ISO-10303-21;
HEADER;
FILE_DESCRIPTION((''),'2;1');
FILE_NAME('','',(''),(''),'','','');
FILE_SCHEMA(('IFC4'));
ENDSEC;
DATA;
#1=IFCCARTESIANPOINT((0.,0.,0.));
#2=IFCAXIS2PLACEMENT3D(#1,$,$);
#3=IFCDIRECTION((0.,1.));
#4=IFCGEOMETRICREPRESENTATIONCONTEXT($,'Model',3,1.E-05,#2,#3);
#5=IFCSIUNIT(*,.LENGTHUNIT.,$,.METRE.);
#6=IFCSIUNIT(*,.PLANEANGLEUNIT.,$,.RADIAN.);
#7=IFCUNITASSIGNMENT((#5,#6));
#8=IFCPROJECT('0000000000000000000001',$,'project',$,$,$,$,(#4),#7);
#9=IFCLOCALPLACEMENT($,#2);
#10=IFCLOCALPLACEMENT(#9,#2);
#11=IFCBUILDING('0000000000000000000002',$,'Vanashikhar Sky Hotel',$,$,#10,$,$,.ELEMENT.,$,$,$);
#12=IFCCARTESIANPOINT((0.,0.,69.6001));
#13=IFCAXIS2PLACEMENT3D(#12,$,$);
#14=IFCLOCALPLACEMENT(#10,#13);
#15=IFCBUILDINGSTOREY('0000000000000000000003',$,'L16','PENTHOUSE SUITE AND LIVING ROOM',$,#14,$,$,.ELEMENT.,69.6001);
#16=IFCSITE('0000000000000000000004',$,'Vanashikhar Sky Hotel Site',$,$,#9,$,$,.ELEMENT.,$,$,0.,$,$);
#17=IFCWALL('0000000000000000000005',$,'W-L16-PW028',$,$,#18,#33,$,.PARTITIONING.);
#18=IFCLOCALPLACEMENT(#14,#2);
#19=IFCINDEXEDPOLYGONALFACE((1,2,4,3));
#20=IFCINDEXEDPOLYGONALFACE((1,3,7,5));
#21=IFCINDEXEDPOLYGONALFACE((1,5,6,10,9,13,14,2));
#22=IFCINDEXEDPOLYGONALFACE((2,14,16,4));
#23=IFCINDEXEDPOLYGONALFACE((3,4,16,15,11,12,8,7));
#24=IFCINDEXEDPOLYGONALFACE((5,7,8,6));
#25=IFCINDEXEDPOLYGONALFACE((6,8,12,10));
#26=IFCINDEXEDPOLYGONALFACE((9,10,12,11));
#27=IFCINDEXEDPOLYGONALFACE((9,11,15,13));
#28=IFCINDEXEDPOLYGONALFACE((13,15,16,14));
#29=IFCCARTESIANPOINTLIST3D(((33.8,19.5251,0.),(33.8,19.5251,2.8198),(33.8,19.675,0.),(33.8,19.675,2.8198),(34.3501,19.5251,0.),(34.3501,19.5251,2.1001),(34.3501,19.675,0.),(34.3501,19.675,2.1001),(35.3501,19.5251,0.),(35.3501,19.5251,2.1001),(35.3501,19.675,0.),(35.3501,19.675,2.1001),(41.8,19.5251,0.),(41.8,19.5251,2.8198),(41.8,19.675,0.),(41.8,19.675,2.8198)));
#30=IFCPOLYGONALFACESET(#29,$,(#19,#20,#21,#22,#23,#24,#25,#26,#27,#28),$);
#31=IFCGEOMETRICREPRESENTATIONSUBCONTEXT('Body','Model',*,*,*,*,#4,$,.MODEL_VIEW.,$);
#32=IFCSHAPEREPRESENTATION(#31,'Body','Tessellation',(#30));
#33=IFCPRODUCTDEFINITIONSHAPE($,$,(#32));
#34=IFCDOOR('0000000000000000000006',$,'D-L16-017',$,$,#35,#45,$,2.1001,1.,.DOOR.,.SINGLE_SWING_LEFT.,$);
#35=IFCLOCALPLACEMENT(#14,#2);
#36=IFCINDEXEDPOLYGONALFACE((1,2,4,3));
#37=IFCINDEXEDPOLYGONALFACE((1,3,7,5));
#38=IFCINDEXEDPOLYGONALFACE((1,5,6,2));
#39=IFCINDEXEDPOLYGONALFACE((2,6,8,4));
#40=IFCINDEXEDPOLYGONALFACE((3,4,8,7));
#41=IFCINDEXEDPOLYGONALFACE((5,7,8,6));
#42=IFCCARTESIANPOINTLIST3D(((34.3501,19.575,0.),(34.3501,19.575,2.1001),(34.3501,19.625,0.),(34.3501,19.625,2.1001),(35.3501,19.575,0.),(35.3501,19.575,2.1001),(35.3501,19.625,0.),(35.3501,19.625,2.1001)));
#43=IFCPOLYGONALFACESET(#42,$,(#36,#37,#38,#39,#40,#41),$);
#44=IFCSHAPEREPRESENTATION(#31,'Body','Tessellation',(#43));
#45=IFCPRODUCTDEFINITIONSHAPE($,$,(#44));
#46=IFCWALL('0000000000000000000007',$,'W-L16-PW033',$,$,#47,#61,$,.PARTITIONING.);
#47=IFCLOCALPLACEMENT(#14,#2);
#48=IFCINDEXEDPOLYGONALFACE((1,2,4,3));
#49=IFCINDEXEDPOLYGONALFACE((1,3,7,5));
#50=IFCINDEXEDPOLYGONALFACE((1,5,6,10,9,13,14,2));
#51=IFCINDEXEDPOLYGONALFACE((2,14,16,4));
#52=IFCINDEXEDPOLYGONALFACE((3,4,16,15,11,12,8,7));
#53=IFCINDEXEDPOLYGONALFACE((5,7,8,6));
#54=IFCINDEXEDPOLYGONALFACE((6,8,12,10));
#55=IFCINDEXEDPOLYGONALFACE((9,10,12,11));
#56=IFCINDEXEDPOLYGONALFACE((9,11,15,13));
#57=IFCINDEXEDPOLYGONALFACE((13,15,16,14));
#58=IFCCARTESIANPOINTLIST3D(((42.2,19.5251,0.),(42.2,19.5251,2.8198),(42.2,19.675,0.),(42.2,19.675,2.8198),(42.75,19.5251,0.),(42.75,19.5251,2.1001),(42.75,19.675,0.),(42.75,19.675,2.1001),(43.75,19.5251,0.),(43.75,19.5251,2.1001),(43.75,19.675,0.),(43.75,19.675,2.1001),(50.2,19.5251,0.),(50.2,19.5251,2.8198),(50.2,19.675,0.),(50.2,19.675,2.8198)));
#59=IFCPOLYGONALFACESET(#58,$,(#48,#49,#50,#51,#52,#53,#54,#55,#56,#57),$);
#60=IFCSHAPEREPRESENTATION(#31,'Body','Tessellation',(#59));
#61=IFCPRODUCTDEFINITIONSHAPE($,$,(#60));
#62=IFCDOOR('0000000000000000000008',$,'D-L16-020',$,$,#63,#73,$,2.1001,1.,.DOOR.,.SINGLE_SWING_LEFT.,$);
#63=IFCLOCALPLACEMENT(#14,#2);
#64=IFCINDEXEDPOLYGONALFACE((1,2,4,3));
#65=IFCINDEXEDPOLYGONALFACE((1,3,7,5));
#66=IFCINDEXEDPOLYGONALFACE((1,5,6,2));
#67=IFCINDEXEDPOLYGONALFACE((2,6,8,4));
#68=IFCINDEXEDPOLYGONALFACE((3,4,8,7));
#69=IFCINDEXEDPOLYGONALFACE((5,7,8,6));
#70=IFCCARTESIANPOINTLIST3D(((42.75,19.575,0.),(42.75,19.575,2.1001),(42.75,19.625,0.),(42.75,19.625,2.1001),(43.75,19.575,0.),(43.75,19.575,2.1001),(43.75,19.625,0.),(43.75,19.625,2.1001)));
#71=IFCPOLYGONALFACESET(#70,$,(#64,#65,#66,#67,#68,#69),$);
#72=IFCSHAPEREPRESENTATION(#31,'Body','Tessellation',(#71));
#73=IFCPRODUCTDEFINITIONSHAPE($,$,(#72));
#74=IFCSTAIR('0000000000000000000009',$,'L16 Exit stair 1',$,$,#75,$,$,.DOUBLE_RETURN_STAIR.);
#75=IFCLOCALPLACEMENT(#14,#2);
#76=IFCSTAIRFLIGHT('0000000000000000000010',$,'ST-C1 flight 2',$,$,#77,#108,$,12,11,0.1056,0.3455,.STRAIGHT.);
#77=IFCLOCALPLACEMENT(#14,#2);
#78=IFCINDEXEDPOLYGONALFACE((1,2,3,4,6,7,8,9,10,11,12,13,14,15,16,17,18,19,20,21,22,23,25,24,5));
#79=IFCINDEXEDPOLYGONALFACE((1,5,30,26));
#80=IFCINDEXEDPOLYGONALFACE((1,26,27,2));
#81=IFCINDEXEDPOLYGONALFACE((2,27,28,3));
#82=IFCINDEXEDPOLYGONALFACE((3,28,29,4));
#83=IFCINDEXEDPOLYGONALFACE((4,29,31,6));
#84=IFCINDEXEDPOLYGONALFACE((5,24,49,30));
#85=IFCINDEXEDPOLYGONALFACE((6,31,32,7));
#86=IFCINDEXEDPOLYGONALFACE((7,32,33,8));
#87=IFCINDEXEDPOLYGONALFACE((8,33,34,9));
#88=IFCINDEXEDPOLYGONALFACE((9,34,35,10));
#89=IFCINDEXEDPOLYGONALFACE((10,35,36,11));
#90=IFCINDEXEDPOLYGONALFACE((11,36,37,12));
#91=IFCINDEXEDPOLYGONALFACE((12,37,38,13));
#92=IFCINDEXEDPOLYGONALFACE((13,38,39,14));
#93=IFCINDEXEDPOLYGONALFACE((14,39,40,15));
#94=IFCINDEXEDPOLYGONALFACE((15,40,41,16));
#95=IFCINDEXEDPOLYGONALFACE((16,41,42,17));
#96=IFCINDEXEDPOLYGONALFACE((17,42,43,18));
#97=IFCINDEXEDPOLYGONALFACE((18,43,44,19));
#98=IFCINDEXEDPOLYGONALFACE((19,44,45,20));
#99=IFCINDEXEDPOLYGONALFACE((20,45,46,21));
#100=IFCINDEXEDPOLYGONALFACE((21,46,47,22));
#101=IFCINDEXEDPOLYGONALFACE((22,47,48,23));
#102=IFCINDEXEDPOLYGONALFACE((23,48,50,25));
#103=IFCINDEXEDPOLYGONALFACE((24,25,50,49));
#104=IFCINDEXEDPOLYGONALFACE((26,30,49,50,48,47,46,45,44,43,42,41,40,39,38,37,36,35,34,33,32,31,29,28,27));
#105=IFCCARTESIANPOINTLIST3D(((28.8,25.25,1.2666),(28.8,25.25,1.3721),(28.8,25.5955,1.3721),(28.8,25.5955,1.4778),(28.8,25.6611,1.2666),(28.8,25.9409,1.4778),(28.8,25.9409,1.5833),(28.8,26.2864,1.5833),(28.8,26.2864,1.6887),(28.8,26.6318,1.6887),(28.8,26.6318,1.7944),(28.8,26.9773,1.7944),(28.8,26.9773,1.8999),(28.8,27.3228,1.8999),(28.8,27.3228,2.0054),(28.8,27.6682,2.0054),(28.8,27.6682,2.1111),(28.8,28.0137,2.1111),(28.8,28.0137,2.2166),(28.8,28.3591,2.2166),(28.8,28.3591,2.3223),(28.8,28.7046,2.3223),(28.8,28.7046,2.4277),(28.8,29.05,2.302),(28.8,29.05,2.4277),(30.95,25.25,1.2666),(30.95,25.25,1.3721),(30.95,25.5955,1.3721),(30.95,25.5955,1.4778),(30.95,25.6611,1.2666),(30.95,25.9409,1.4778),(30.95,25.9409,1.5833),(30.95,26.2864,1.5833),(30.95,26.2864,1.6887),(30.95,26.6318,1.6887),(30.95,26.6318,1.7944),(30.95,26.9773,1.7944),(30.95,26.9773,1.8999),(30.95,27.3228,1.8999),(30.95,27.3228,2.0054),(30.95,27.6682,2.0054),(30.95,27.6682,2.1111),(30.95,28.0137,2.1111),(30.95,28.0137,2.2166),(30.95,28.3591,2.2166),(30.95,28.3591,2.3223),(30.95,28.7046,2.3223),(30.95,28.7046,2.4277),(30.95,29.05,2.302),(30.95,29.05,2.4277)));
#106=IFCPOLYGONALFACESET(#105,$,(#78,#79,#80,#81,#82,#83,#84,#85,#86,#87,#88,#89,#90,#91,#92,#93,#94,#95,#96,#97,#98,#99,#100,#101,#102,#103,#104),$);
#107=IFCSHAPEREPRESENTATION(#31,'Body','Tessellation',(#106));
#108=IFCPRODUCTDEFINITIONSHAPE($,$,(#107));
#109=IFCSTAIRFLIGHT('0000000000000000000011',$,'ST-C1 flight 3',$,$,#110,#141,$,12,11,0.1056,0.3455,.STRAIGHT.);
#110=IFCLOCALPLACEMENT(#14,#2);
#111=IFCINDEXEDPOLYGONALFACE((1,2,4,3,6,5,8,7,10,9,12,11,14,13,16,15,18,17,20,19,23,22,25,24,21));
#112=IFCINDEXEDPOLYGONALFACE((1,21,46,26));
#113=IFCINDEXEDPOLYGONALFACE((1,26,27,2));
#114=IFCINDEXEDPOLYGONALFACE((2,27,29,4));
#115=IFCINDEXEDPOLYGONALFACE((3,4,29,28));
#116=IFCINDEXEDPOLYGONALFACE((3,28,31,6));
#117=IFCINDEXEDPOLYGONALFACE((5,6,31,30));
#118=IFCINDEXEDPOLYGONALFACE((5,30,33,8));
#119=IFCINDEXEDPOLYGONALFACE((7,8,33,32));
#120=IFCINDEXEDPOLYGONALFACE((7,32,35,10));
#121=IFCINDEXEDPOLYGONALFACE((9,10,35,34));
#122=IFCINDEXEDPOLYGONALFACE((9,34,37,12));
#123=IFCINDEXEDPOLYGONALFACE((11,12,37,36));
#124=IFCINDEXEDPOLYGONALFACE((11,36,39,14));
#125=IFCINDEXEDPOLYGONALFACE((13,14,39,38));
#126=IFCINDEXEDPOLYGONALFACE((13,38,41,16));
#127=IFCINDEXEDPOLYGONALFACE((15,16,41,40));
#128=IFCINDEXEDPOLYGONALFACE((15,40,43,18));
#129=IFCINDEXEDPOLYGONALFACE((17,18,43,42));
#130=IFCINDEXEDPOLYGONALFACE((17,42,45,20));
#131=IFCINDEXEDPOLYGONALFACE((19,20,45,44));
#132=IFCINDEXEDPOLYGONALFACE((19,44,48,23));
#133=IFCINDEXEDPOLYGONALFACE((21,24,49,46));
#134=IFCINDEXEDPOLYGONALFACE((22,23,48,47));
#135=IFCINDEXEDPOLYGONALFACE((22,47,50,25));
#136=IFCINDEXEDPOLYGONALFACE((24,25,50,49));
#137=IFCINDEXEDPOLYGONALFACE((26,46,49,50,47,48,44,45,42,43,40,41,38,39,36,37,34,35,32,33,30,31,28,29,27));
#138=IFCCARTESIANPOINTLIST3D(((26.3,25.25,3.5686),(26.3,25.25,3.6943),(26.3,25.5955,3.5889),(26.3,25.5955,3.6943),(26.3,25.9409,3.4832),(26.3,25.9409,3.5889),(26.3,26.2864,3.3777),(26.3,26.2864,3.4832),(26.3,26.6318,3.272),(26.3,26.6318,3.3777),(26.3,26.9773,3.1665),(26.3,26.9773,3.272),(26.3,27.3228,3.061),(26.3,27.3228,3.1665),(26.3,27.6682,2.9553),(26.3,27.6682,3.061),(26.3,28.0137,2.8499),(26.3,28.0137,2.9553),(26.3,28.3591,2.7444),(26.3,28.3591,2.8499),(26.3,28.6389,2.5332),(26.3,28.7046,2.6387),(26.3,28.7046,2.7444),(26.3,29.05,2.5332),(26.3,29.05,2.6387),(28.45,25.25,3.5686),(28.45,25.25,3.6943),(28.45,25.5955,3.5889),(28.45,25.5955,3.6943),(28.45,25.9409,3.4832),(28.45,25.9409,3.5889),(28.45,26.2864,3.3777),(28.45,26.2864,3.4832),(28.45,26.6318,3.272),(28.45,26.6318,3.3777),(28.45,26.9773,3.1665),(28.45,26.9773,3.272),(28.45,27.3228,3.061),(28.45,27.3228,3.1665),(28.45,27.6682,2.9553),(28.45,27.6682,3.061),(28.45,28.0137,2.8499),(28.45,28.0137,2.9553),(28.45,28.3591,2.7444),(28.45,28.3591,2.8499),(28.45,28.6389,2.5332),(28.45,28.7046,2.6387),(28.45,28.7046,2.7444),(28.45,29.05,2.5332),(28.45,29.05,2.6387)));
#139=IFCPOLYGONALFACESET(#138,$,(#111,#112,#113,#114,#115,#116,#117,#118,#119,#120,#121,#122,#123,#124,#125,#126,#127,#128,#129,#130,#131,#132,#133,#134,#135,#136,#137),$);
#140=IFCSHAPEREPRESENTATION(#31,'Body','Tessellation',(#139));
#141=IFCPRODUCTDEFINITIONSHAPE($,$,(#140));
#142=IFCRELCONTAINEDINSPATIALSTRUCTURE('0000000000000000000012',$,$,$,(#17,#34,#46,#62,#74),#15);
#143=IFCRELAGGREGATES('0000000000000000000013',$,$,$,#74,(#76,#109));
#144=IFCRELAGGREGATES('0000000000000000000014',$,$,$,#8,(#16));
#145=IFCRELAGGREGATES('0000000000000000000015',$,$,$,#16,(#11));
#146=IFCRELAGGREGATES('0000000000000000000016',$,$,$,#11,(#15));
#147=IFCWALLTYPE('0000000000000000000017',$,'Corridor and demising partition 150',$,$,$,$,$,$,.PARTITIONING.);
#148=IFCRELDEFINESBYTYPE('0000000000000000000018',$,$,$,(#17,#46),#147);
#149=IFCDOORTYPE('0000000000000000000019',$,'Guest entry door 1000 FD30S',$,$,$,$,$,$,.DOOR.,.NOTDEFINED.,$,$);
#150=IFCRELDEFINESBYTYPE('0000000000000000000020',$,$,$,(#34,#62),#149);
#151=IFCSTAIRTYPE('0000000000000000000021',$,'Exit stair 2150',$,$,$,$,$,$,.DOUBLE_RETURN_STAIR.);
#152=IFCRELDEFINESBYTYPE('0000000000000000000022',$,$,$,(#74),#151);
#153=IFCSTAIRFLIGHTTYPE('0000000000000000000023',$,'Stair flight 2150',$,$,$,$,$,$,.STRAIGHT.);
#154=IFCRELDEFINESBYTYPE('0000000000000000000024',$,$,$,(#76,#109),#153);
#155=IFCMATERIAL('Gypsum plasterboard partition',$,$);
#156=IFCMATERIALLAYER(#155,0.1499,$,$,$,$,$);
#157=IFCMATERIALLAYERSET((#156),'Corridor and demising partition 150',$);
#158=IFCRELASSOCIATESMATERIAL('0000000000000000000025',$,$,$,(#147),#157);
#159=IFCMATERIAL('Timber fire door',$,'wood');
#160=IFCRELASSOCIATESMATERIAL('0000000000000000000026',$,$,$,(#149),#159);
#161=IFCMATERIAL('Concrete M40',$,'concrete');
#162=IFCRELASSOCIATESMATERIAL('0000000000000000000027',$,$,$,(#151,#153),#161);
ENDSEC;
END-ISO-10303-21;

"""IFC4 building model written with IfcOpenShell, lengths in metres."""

from ifc_helpers import new_model, si_unit, direction, frame, frame_2d, origin, place, context, subcontext, project, spatial, polyline, rectangle, outline, extrude, source, transform, mapped, material, layer, layer_set, type_object, element, fill, aggregate, save


model = new_model("IFC4")

# Units and contexts
model_context = context("Model", 3, precision=1e-05, world=origin(), true_north=direction((0.0, 1.0)))
body_context = subcontext(model_context, "Body", "Model", "MODEL_VIEW")
ifc_project = project(units=[si_unit("LENGTHUNIT", "METRE"), si_unit("PLANEANGLEUNIT", "RADIAN")], contexts=[model_context])

# Site, building, storey
site_placement = place(None, origin())
site = spatial("IfcSite", under=ifc_project, at=site_placement, Name="Vanashikhar Sky Hotel Site", CompositionType="ELEMENT", RefElevation=0.0)
building_placement = place(site_placement, origin())
building = spatial("IfcBuilding", under=site, at=building_placement, Name="Vanashikhar Sky Hotel", CompositionType="ELEMENT")
storey_placement = place(building_placement, frame((0.0, 0.0, 69.6001)))
storey = spatial("IfcBuildingStorey", under=building, at=storey_placement, Name="L16", Description="PENTHOUSE SUITE AND LIVING ROOM", CompositionType="ELEMENT", Elevation=69.6001)

# Shared definitions
ifc_material_1 = material(Name="Concrete M40", Category="concrete")

# Walls, openings, doors
ifc_material_2 = material(Name="Gypsum plasterboard partition")
ifc_layer_1 = layer(ifc_material_2, 0.1499)
ifc_layer_set_1 = layer_set([ifc_layer_1], Name="Corridor and demising partition 150")
wall_type_1 = type_object("IfcWallType", Name="Corridor and demising partition 150", PredefinedType="PARTITIONING", material=ifc_layer_set_1)
shared_shape_1 = source(origin(), body_context, "Body", "SweptSolid", [
    extrude(rectangle(XDim=8.0, YDim=0.1499, at=frame_2d((4.0, 0.0))), origin(), (0.0, 0.0, 1.0), 2.8198),
])
wall_1_placement = place(storey_placement, frame((33.8, 19.6001, 0.0), z_axis=(0.0, 0.0, 1.0), x_axis=(1.0, 0.0, 0.0)))
wall_1 = element("IfcWall", 1, at=wall_1_placement, inside=storey, type_object=wall_type_1, Name="W-L16-PW028", PredefinedType="PARTITIONING", context=body_context, shape_type="MappedRepresentation", body=[
    mapped(shared_shape_1, transform((0.0, 0.0, 0.0), scale=1.0)),
])
shared_shape_2 = source(origin(), body_context, "Body", "SweptSolid", [
    extrude(rectangle(XDim=1.0, YDim=2.1001, at=frame_2d((0.5, 1.05))), frame((0.0, 0.085, 0.0), z_axis=(0.0, -1.0, 0.0), x_axis=(1.0, 0.0, 0.0)), (0.0, 0.0, 1.0), 0.1699),
])
opening_1_placement = place(wall_1_placement, frame((0.55, 0.0, 0.0)))
opening_1 = element("IfcOpeningElement", 2, at=opening_1_placement, cuts=wall_1, PredefinedType="OPENING", context=body_context, shape_type="MappedRepresentation", body=[
    mapped(shared_shape_2, transform((0.0, 0.0, 0.0), scale=1.0)),
])
ifc_material_3 = material(Name="Timber fire door", Category="wood")
door_type_1 = type_object("IfcDoorType", Name="Guest entry door 1000 FD30S", OperationType="NOTDEFINED", PredefinedType="DOOR", material=ifc_material_3)
shared_shape_3 = source(origin(), body_context, "Body", "SweptSolid", [
    extrude(rectangle(XDim=1.0, YDim=2.1001, at=frame_2d((0.5, 1.05))), frame((0.0, 0.0249, 0.0), z_axis=(0.0, -1.0, 0.0), x_axis=(1.0, 0.0, 0.0)), (0.0, 0.0, 1.0), 0.05),
])
door_1_placement = place(opening_1_placement, origin())
door_1 = element("IfcDoor", 3, at=door_1_placement, inside=storey, type_object=door_type_1, Name="D-L16-017", OperationType="SINGLE_SWING_LEFT", OverallHeight=2.1001, OverallWidth=1.0, PredefinedType="DOOR", context=body_context, shape_type="MappedRepresentation", body=[
    mapped(shared_shape_3, transform((0.0, 0.0, 0.0), scale=1.0)),
])
fill(opening_1, door_1)
wall_2_placement = place(storey_placement, frame((42.2, 19.6001, 0.0), z_axis=(0.0, 0.0, 1.0), x_axis=(1.0, 0.0, 0.0)))
wall_2 = element("IfcWall", 4, at=wall_2_placement, inside=storey, type_object=wall_type_1, Name="W-L16-PW033", PredefinedType="PARTITIONING", context=body_context, shape_type="MappedRepresentation", body=[
    mapped(shared_shape_1, transform((0.0, 0.0, 0.0), scale=1.0)),
])
opening_2_placement = place(wall_2_placement, frame((0.55, 0.0, 0.0)))
opening_2 = element("IfcOpeningElement", 5, at=opening_2_placement, cuts=wall_2, PredefinedType="OPENING", context=body_context, shape_type="MappedRepresentation", body=[
    mapped(shared_shape_2, transform((0.0, 0.0, 0.0), scale=1.0)),
])
door_2_placement = place(opening_2_placement, origin())
door_2 = element("IfcDoor", 6, at=door_2_placement, inside=storey, type_object=door_type_1, Name="D-L16-020", OperationType="SINGLE_SWING_LEFT", OverallHeight=2.1001, OverallWidth=1.0, PredefinedType="DOOR", context=body_context, shape_type="MappedRepresentation", body=[
    mapped(shared_shape_3, transform((0.0, 0.0, 0.0), scale=1.0)),
])
fill(opening_2, door_2)

# Stair, stair flights
stair_type = type_object("IfcStairType", Name="Exit stair 2150", PredefinedType="DOUBLE_RETURN_STAIR", material=ifc_material_1)
stair_placement = place(storey_placement, origin())
stair = element("IfcStair", 7, at=stair_placement, inside=storey, type_object=stair_type, Name="L16 Exit stair 1", PredefinedType="DOUBLE_RETURN_STAIR")
stair_flight_type = type_object("IfcStairFlightType", Name="Stair flight 2150", PredefinedType="STRAIGHT", material=ifc_material_1)
shared_shape_4 = source(origin(), body_context, "Body", "SweptSolid", [
    extrude(outline(polyline([(0.0, 0.0), (0.0, 0.1055), (0.3455, 0.1055), (0.3455, 0.2112), (0.6909, 0.2112), (0.6909, 0.3167), (1.0364, 0.3167), (1.0364, 0.4221), (1.3818, 0.4221), (1.3818, 0.5278), (1.7273, 0.5278), (1.7273, 0.6333), (2.0728, 0.6333), (2.0728, 0.7388), (2.4182, 0.7388), (2.4182, 0.8445), (2.7637, 0.8445), (2.7637, 0.95), (3.1091, 0.95), (3.1091, 1.0557), (3.4546, 1.0557), (3.4546, 1.1611), (3.8, 1.1611), (3.8, 1.2666), (3.8, 1.0354), (0.4111, 0.0), (0.0, 0.0)])), frame((0.0, 1.075, 0.0), z_axis=(0.0, -1.0, 0.0), x_axis=(1.0, 0.0, 0.0)), (0.0, 0.0, 1.0), 2.1499),
])
stair_flight_1_placement = place(storey_placement, frame((29.875, 25.25, 1.2666), z_axis=(0.0, 0.0, 1.0), x_axis=(0.0, 1.0, 0.0)))
stair_flight_1 = element("IfcStairFlight", 8, at=stair_flight_1_placement, type_object=stair_flight_type, Name="ST-C1 flight 2", NumberOfRisers=12, NumberOfTreads=11, PredefinedType="STRAIGHT", RiserHeight=0.1056, TreadLength=0.3455, context=body_context, shape_type="MappedRepresentation", body=[
    mapped(shared_shape_4, transform((0.0, 0.0, 0.0), scale=1.0)),
])
stair_flight_2_placement = place(storey_placement, frame((27.375, 29.05, 2.5332), z_axis=(0.0, 0.0, 1.0), x_axis=(0.0, -1.0, 0.0)))
stair_flight_2 = element("IfcStairFlight", 9, at=stair_flight_2_placement, type_object=stair_flight_type, Name="ST-C1 flight 3", NumberOfRisers=12, NumberOfTreads=11, PredefinedType="STRAIGHT", RiserHeight=0.1056, TreadLength=0.3455, context=body_context, shape_type="MappedRepresentation", body=[
    mapped(shared_shape_4, transform((0.0, 0.0, 0.0), scale=1.0)),
])
aggregate(stair, [stair_flight_1, stair_flight_2])

save(model, "model.ifc")
